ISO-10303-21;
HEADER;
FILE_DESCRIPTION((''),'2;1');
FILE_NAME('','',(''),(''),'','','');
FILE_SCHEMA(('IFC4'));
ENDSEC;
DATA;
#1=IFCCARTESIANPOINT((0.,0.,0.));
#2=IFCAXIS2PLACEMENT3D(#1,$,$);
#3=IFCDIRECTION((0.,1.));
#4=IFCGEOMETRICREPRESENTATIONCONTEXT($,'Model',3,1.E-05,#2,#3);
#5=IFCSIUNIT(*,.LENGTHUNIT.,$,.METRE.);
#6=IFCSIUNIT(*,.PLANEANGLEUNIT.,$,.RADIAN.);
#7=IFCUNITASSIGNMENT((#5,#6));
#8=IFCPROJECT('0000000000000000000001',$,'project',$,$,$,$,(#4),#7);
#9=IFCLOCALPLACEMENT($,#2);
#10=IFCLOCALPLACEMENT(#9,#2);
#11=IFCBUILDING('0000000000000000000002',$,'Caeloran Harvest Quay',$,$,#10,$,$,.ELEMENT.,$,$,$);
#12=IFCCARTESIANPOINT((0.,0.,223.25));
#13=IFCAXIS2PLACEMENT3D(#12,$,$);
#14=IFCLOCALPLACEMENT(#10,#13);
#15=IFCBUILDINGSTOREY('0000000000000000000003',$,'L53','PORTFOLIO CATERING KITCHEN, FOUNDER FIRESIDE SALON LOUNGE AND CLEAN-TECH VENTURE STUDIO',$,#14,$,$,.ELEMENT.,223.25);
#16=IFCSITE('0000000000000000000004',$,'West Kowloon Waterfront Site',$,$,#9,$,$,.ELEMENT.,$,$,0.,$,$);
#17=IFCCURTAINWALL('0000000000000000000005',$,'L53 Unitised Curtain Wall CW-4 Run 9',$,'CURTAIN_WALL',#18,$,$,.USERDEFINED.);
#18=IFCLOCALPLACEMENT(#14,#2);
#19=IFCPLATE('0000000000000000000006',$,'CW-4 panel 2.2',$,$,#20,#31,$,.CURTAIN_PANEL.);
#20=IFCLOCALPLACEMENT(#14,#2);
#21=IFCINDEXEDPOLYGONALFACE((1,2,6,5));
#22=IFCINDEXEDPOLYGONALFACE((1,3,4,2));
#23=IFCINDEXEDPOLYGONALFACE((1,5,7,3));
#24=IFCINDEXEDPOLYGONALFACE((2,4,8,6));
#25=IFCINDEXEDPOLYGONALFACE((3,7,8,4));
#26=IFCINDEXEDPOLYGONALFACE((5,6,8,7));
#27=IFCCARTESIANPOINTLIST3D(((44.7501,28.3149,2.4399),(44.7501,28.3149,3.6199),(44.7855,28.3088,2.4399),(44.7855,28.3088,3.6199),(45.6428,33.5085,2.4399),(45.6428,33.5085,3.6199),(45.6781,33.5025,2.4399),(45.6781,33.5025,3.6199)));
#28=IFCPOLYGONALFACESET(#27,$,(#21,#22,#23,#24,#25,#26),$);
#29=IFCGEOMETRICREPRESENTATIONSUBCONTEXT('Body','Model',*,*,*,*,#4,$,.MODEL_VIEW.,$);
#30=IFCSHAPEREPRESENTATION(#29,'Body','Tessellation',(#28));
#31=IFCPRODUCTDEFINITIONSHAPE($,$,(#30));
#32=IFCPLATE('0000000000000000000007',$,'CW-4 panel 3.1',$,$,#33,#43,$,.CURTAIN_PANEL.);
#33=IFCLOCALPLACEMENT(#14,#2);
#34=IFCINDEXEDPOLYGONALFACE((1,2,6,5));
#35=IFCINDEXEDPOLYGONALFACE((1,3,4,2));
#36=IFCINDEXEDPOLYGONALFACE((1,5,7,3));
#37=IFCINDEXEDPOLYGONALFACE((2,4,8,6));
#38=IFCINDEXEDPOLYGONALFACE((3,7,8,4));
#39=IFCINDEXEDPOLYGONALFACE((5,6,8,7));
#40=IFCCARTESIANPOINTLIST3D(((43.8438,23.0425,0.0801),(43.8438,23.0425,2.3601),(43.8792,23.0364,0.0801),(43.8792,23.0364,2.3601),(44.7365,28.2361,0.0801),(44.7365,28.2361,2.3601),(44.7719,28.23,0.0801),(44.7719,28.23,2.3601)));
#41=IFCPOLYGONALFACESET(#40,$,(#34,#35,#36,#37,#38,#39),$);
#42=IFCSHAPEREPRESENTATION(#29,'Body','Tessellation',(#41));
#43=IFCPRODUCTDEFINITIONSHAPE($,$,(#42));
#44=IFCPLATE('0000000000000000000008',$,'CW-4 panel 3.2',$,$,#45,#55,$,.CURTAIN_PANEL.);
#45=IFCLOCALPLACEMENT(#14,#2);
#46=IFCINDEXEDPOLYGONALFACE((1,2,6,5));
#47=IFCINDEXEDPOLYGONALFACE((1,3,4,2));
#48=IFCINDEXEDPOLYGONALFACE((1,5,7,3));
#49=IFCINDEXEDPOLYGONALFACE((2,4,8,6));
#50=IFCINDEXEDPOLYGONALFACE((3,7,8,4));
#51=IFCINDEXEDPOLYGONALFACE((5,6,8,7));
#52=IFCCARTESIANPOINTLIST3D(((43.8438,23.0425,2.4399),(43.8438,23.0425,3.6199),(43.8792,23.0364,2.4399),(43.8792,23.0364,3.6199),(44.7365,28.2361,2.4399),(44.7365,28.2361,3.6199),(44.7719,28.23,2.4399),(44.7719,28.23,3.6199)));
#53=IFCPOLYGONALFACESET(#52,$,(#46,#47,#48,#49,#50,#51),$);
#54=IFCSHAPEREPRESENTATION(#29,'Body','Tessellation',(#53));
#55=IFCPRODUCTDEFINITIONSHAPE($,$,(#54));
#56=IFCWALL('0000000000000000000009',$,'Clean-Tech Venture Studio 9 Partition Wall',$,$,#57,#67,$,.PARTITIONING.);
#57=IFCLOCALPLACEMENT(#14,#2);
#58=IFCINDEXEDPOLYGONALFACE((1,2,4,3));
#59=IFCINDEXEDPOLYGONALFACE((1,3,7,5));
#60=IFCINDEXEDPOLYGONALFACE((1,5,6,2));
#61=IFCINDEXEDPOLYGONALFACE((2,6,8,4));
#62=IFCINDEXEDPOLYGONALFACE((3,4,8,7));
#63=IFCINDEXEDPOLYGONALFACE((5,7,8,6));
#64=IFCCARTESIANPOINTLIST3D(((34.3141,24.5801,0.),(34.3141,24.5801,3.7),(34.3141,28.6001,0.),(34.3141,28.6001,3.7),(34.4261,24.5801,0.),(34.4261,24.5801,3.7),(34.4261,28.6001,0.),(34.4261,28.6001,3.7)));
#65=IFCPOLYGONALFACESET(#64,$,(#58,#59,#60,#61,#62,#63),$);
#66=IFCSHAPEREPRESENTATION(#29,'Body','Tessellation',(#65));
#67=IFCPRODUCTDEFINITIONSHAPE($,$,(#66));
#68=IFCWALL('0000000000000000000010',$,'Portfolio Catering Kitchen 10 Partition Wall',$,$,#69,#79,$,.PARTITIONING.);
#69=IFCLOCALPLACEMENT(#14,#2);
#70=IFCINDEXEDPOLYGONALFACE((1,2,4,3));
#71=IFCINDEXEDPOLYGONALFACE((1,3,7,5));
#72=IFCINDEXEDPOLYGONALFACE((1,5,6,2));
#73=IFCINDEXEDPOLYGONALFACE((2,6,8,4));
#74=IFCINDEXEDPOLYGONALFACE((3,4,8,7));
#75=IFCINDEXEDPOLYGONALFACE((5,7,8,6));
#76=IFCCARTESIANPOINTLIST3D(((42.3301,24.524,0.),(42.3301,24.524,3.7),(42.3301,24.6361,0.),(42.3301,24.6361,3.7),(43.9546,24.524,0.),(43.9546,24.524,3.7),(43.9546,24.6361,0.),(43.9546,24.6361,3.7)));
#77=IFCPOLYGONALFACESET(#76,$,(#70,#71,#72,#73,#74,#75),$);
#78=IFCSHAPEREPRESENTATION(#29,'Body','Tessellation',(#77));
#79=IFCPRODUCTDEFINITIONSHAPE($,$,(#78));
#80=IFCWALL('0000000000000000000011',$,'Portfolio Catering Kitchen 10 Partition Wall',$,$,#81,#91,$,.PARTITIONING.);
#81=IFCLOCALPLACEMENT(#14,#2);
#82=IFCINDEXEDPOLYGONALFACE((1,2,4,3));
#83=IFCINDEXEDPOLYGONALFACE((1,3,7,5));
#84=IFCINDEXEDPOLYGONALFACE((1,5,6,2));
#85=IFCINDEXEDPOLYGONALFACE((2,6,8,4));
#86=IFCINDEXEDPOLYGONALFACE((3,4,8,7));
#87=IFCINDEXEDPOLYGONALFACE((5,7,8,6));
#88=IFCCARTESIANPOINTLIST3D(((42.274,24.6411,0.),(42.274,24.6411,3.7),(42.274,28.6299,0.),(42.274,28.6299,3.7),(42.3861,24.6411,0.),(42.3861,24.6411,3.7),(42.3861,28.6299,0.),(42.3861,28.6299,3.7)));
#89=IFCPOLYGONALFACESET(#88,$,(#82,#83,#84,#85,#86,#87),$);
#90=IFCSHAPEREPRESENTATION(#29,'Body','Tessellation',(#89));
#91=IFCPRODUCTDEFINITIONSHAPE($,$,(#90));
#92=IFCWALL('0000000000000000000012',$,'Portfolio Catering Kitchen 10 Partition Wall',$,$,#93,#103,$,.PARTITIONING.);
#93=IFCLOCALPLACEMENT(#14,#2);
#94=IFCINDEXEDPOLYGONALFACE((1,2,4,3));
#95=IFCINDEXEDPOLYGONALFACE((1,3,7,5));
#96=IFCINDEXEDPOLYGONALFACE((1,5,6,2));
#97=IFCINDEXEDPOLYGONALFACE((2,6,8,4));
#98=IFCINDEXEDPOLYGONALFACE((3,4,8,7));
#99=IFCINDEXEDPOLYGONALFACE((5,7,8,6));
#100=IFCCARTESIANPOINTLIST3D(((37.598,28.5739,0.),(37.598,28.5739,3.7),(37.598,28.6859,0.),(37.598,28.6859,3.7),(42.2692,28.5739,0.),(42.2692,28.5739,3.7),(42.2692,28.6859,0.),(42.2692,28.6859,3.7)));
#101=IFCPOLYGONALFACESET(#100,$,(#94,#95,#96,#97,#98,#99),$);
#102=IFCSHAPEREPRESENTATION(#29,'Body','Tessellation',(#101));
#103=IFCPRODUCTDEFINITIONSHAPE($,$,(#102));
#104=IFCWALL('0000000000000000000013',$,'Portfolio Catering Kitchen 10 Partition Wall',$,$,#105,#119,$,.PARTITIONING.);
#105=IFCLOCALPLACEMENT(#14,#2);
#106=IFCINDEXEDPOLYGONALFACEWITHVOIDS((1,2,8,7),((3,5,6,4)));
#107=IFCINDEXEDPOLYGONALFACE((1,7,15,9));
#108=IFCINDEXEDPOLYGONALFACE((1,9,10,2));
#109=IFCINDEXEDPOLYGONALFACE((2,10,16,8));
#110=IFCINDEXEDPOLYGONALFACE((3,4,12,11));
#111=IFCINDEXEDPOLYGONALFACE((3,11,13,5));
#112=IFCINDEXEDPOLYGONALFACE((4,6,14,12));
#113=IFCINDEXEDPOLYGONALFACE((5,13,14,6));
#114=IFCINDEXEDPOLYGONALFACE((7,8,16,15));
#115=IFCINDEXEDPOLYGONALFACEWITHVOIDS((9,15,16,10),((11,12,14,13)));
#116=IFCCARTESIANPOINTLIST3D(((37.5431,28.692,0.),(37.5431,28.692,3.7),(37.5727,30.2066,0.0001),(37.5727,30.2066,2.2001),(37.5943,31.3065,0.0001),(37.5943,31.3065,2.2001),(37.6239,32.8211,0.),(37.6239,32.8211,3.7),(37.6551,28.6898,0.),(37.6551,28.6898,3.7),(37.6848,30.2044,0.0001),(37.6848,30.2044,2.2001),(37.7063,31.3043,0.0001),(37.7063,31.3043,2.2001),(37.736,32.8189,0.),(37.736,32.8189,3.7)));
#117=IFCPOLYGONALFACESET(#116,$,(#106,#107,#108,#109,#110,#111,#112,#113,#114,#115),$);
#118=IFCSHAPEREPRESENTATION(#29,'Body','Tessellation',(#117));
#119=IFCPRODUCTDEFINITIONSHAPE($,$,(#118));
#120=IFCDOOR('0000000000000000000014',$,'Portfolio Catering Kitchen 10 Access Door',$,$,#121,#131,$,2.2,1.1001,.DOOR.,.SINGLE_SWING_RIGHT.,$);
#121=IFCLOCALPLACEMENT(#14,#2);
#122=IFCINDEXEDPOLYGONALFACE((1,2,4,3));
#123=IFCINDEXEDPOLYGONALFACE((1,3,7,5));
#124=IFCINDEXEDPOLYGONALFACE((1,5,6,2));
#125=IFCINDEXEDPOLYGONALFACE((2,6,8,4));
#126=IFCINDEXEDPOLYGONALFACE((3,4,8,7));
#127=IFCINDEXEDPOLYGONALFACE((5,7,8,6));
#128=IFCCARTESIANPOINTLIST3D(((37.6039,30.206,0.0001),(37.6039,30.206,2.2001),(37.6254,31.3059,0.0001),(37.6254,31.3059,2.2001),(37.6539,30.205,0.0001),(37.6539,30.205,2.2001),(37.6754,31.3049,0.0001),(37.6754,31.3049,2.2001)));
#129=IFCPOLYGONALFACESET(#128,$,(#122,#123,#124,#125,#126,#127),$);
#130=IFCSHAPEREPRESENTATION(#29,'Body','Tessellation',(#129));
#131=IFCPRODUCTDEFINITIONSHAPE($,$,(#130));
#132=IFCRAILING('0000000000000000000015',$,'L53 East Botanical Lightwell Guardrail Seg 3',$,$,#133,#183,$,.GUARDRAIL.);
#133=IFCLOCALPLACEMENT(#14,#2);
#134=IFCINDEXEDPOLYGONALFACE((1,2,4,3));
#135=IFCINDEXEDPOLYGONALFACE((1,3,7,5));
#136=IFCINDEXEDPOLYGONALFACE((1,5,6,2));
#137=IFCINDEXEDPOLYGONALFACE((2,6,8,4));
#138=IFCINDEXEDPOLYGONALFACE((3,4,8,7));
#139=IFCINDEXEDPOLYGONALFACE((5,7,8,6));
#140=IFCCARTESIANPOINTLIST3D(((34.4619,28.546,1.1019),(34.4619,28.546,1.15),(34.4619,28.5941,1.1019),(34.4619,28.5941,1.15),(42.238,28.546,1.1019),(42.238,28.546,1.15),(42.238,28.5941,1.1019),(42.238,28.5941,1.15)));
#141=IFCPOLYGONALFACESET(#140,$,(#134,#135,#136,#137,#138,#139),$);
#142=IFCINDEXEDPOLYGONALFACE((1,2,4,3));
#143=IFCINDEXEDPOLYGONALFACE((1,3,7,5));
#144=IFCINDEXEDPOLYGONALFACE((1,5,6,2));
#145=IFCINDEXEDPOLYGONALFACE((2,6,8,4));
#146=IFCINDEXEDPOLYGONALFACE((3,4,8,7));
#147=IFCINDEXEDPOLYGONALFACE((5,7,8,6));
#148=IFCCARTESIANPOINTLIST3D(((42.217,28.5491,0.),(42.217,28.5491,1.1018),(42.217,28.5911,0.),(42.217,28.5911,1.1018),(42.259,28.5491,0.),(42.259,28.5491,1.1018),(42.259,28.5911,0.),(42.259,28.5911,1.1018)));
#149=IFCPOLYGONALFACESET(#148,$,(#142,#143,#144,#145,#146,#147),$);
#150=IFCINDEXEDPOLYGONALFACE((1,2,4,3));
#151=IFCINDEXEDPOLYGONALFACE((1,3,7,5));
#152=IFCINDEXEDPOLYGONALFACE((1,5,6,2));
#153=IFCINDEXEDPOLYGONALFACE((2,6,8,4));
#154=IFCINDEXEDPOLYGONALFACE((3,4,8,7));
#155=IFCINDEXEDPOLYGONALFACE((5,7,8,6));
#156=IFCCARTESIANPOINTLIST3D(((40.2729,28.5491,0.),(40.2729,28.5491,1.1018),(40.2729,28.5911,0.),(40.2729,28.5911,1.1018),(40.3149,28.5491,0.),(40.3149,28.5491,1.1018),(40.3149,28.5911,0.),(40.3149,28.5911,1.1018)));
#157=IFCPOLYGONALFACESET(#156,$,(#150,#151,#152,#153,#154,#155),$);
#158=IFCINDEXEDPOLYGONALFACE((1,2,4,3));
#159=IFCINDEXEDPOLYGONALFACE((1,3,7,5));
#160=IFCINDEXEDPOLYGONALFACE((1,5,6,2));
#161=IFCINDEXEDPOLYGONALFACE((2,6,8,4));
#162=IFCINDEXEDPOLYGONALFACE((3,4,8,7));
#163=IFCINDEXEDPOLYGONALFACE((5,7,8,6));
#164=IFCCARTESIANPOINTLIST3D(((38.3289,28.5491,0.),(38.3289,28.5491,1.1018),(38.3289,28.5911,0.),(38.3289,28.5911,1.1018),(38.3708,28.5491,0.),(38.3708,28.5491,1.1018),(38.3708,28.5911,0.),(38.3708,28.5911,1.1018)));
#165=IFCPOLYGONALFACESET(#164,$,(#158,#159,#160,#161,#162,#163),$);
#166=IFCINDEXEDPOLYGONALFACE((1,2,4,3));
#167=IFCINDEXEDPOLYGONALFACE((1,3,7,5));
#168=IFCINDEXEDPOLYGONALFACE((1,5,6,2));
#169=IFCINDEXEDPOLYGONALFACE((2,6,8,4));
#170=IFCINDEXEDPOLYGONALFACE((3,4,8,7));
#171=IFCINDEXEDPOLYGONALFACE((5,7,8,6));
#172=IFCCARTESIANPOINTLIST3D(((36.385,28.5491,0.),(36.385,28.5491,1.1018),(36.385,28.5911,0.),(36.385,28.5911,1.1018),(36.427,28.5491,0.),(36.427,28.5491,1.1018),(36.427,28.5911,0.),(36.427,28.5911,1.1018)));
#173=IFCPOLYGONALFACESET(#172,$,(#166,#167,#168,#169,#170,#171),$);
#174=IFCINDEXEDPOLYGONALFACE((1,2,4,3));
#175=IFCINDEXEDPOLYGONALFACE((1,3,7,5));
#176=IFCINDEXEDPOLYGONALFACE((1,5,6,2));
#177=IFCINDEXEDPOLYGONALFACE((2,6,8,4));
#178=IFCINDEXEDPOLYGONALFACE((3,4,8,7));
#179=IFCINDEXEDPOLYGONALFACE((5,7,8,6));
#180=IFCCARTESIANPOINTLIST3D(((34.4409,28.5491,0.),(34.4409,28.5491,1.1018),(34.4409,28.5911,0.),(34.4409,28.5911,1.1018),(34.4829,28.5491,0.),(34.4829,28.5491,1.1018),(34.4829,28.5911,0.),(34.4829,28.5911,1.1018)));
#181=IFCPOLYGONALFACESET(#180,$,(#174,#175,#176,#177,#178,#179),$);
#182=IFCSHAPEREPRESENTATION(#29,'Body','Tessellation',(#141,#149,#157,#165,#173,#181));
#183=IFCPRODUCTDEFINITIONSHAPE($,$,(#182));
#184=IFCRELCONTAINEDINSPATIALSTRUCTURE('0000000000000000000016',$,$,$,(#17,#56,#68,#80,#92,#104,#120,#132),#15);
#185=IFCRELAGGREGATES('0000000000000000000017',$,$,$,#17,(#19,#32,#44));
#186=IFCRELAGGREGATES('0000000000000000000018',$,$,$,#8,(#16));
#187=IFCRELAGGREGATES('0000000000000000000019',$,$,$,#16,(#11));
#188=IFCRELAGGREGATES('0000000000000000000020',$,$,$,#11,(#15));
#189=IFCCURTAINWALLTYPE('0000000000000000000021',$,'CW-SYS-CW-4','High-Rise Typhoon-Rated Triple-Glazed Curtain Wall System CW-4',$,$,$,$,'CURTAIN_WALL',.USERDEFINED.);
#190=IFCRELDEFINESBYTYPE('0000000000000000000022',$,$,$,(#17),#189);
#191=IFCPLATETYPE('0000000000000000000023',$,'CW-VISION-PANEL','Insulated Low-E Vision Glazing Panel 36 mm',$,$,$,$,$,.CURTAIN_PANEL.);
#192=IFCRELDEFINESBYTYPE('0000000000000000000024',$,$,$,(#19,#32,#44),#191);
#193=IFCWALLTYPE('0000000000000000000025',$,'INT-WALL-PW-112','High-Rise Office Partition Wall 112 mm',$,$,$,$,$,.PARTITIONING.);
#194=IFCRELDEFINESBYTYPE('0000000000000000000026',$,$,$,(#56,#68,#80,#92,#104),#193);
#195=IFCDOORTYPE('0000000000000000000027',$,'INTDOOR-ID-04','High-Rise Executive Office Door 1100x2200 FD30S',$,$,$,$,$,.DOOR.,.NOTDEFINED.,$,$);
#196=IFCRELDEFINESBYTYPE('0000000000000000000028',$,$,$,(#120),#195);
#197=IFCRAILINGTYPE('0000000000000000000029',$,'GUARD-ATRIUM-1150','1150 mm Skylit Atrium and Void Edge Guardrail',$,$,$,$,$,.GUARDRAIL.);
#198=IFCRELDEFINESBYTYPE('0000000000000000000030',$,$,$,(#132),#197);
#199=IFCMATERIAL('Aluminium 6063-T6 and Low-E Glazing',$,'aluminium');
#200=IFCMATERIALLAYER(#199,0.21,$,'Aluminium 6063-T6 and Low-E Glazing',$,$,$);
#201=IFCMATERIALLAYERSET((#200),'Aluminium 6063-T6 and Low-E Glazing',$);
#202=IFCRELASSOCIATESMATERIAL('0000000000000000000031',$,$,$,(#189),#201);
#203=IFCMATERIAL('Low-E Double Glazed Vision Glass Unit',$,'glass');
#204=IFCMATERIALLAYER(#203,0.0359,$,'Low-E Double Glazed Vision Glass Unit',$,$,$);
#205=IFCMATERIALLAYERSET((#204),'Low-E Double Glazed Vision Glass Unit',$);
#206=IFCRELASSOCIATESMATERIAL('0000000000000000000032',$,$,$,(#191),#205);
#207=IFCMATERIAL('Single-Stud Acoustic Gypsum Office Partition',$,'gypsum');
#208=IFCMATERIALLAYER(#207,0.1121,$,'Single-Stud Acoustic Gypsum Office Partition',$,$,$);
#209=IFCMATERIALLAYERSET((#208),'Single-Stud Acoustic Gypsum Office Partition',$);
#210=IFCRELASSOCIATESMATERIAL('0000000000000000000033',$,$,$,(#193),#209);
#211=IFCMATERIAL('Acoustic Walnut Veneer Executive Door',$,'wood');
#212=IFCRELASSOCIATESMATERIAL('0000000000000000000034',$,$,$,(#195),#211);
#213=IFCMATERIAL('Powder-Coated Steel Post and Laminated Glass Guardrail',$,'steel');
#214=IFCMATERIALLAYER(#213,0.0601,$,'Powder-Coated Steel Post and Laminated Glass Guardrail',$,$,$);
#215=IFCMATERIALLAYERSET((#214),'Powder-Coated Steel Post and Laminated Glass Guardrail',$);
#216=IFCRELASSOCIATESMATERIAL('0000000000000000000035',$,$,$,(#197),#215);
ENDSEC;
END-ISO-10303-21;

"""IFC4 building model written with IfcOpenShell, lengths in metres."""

from ifc_helpers import new_model, si_unit, direction, frame, frame_2d, origin, origin_2d, place, context, subcontext, project, spatial, rectangle, extrude, material, layer, layer_set, type_object, element, fill, aggregate, save


model = new_model("IFC4")

# Units and contexts
model_context = context("Model", 3, precision=1e-05, world=origin(), true_north=direction((0.0, 1.0)))
body_context = subcontext(model_context, "Body", "Model", "MODEL_VIEW")
ifc_project = project(units=[si_unit("LENGTHUNIT", "METRE"), si_unit("PLANEANGLEUNIT", "RADIAN")], contexts=[model_context])

# Site, building, storey
site_placement = place(None, origin())
site = spatial("IfcSite", under=ifc_project, at=site_placement, Name="West Kowloon Waterfront Site", CompositionType="ELEMENT", RefElevation=0.0)
building_placement = place(site_placement, origin())
building = spatial("IfcBuilding", under=site, at=building_placement, Name="Caeloran Harvest Quay", CompositionType="ELEMENT")
storey_placement = place(building_placement, frame((0.0, 0.0, 223.25)))
storey = spatial("IfcBuildingStorey", under=building, at=storey_placement, Name="L53", Description="PORTFOLIO CATERING KITCHEN, FOUNDER FIRESIDE SALON LOUNGE AND CLEAN-TECH VENTURE STUDIO", CompositionType="ELEMENT", Elevation=223.25)

# Curtain wall, plates
ifc_material_1 = material(Name="Aluminium 6063-T6 and Low-E Glazing", Category="aluminium")
ifc_layer_1 = layer(ifc_material_1, 0.21, Name="Aluminium 6063-T6 and Low-E Glazing")
ifc_layer_set_1 = layer_set([ifc_layer_1], Name="Aluminium 6063-T6 and Low-E Glazing")
curtain_wall_type = type_object("IfcCurtainWallType", Name="CW-SYS-CW-4", Description="High-Rise Typhoon-Rated Triple-Glazed Curtain Wall System CW-4", ElementType="CURTAIN_WALL", PredefinedType="USERDEFINED", material=ifc_layer_set_1)
curtain_wall_placement = place(storey_placement, origin())
curtain_wall = element("IfcCurtainWall", 1, at=curtain_wall_placement, inside=storey, type_object=curtain_wall_type, Name="L53 Unitised Curtain Wall CW-4 Run 9", ObjectType="CURTAIN_WALL", PredefinedType="USERDEFINED")
ifc_material_2 = material(Name="Low-E Double Glazed Vision Glass Unit", Category="glass")
ifc_layer_2 = layer(ifc_material_2, 0.0359, Name="Low-E Double Glazed Vision Glass Unit")
ifc_layer_set_2 = layer_set([ifc_layer_2], Name="Low-E Double Glazed Vision Glass Unit")
plate_type = type_object("IfcPlateType", Name="CW-VISION-PANEL", Description="Insulated Low-E Vision Glazing Panel 36 mm", PredefinedType="CURTAIN_PANEL", material=ifc_layer_set_2)
plate_1_placement = place(storey_placement, frame((45.2141, 30.9087, 2.4399), z_axis=(0.0, 0.0, 1.0), x_axis=(-0.169391, -0.985549, 0.0)))
plate_1 = element("IfcPlate", 2, at=plate_1_placement, type_object=plate_type, Name="CW-4 panel 2.2", PredefinedType="CURTAIN_PANEL", context=body_context, shape_type="SweptSolid", body=[
    extrude(rectangle(XDim=5.2698, YDim=0.0359, at=origin_2d()), origin(), (0.0, 0.0, 1.0), 1.1799),
])
plate_2_placement = place(storey_placement, frame((44.3079, 25.6362, 0.0801), z_axis=(0.0, 0.0, 1.0), x_axis=(-0.169391, -0.985549, 0.0)))
plate_2 = element("IfcPlate", 3, at=plate_2_placement, type_object=plate_type, Name="CW-4 panel 3.1", PredefinedType="CURTAIN_PANEL", context=body_context, shape_type="SweptSolid", body=[
    extrude(rectangle(XDim=5.2698, YDim=0.0359, at=origin_2d()), origin(), (0.0, 0.0, 1.0), 2.28),
])
plate_3_placement = place(storey_placement, frame((44.3079, 25.6362, 2.4399), z_axis=(0.0, 0.0, 1.0), x_axis=(-0.169391, -0.985549, 0.0)))
plate_3 = element("IfcPlate", 4, at=plate_3_placement, type_object=plate_type, Name="CW-4 panel 3.2", PredefinedType="CURTAIN_PANEL", context=body_context, shape_type="SweptSolid", body=[
    extrude(rectangle(XDim=5.2698, YDim=0.0359, at=origin_2d()), origin(), (0.0, 0.0, 1.0), 1.1799),
])
aggregate(curtain_wall, [plate_1, plate_2, plate_3])

# Walls
ifc_material_3 = material(Name="Single-Stud Acoustic Gypsum Office Partition", Category="gypsum")
ifc_layer_3 = layer(ifc_material_3, 0.1121, Name="Single-Stud Acoustic Gypsum Office Partition")
ifc_layer_set_3 = layer_set([ifc_layer_3], Name="Single-Stud Acoustic Gypsum Office Partition")
wall_type = type_object("IfcWallType", Name="INT-WALL-PW-112", Description="High-Rise Office Partition Wall 112 mm", PredefinedType="PARTITIONING", material=ifc_layer_set_3)
wall_1_placement = place(storey_placement, frame((34.3701, 28.6001, 0.0), z_axis=(0.0, 0.0, 1.0), x_axis=(0.0, -1.0, 0.0)))
element("IfcWall", 5, at=wall_1_placement, inside=storey, type_object=wall_type, Name="Clean-Tech Venture Studio 9 Partition Wall", PredefinedType="PARTITIONING", context=body_context, shape_type="SweptSolid", body=[
    extrude(rectangle(XDim=4.02, YDim=0.1121, at=frame_2d((2.01, 0.0))), origin(), (0.0, 0.0, 1.0), 3.7),
])
wall_2_placement = place(storey_placement, frame((43.9546, 24.5801, 0.0), z_axis=(0.0, 0.0, 1.0), x_axis=(-1.0, 0.0, 0.0)))
element("IfcWall", 6, at=wall_2_placement, inside=storey, type_object=wall_type, Name="Portfolio Catering Kitchen 10 Partition Wall", PredefinedType="PARTITIONING", context=body_context, shape_type="SweptSolid", body=[
    extrude(rectangle(XDim=1.6245, YDim=0.1121, at=frame_2d((0.8123, 0.0))), origin(), (0.0, 0.0, 1.0), 3.7),
])
wall_3_placement = place(storey_placement, frame((42.3301, 24.6411, 0.0), z_axis=(0.0, 0.0, 1.0), x_axis=(0.0, 1.0, 0.0)))
element("IfcWall", 7, at=wall_3_placement, inside=storey, type_object=wall_type, Name="Portfolio Catering Kitchen 10 Partition Wall", PredefinedType="PARTITIONING", context=body_context, shape_type="SweptSolid", body=[
    extrude(rectangle(XDim=3.9888, YDim=0.1121, at=frame_2d((1.9944, 0.0))), origin(), (0.0, 0.0, 1.0), 3.7),
])
wall_4_placement = place(storey_placement, frame((42.269, 28.6299, 0.0), z_axis=(0.0, 0.0, 1.0), x_axis=(-1.0, 0.0, 0.0)))
element("IfcWall", 8, at=wall_4_placement, inside=storey, type_object=wall_type, Name="Portfolio Catering Kitchen 10 Partition Wall", PredefinedType="PARTITIONING", context=body_context, shape_type="SweptSolid", body=[
    extrude(rectangle(XDim=4.6711, YDim=0.1121, at=frame_2d((2.3354, 0.0))), origin(), (0.0, 0.0, 1.0), 3.7),
])

# Wall, opening, door
wall_5_placement = place(storey_placement, frame((37.5991, 28.6909, 0.0), z_axis=(0.0, 0.0, 1.0), x_axis=(0.019567, 0.999809, 0.0)))
wall_5 = element("IfcWall", 9, at=wall_5_placement, inside=storey, type_object=wall_type, Name="Portfolio Catering Kitchen 10 Partition Wall", PredefinedType="PARTITIONING", context=body_context, shape_type="SweptSolid", body=[
    extrude(rectangle(XDim=4.1299, YDim=0.1121, at=frame_2d((2.0649, 0.0))), origin(), (0.0, 0.0, 1.0), 3.7),
])
opening_placement = place(wall_5_placement, frame((1.5149, 0.0, 0.0)))
opening = element("IfcOpeningElement", 10, at=opening_placement, cuts=wall_5, PredefinedType="OPENING", context=body_context, shape_type="SweptSolid", body=[
    extrude(rectangle(XDim=1.1001, YDim=2.2, at=frame_2d((0.55, 1.1001))), frame((0.0, 0.0659, 0.0), z_axis=(0.0, -1.0, 0.0), x_axis=(1.0, 0.0, 0.0)), (0.0, 0.0, 1.0), 0.1321),
])
ifc_material_4 = material(Name="Acoustic Walnut Veneer Executive Door", Category="wood")
door_type = type_object("IfcDoorType", Name="INTDOOR-ID-04", Description="High-Rise Executive Office Door 1100x2200 FD30S", OperationType="NOTDEFINED", PredefinedType="DOOR", material=ifc_material_4)
door_placement = place(opening_placement, origin())
door = element("IfcDoor", 11, at=door_placement, inside=storey, type_object=door_type, Name="Portfolio Catering Kitchen 10 Access Door", OperationType="SINGLE_SWING_RIGHT", OverallHeight=2.2, OverallWidth=1.1001, PredefinedType="DOOR", context=body_context, shape_type="SweptSolid", body=[
    extrude(rectangle(XDim=1.1001, YDim=2.2, at=frame_2d((0.55, 1.1001))), frame((0.0, 0.0249, 0.0), z_axis=(0.0, -1.0, 0.0), x_axis=(1.0, 0.0, 0.0)), (0.0, 0.0, 1.0), 0.05),
])
fill(opening, door)

# Railing
ifc_material_5 = material(Name="Powder-Coated Steel Post and Laminated Glass Guardrail", Category="steel")
ifc_layer_4 = layer(ifc_material_5, 0.0601, Name="Powder-Coated Steel Post and Laminated Glass Guardrail")
ifc_layer_set_4 = layer_set([ifc_layer_4], Name="Powder-Coated Steel Post and Laminated Glass Guardrail")
railing_type = type_object("IfcRailingType", Name="GUARD-ATRIUM-1150", Description="1150 mm Skylit Atrium and Void Edge Guardrail", PredefinedType="GUARDRAIL", material=ifc_layer_set_4)
railing_1_placement = place(storey_placement, frame((42.238, 28.5701, 0.0)))
element("IfcRailing", 12, at=railing_1_placement, inside=storey, type_object=railing_type, Name="L53 East Botanical Lightwell Guardrail Seg 3", PredefinedType="GUARDRAIL", context=body_context, shape_type="SweptSolid", body=[
    extrude(rectangle(XDim=0.0481, YDim=0.0481, at=origin_2d()), frame((0.0, 0.0, 1.126), z_axis=(-1.0, 0.0, 0.0), x_axis=(0.0, -1.0, 0.0)), (0.0, 0.0, 1.0), 7.7761),
    extrude(rectangle(XDim=0.042, YDim=0.042, at=origin_2d()), origin(), (0.0, 0.0, 1.0), 1.1018),
    extrude(rectangle(XDim=0.042, YDim=0.042, at=origin_2d()), frame((-1.9441, 0.0, 0.0)), (0.0, 0.0, 1.0), 1.1018),
    extrude(rectangle(XDim=0.042, YDim=0.042, at=origin_2d()), frame((-3.8882, 0.0, 0.0)), (0.0, 0.0, 1.0), 1.1018),
    extrude(rectangle(XDim=0.042, YDim=0.042, at=origin_2d()), frame((-5.832, 0.0, 0.0)), (0.0, 0.0, 1.0), 1.1018),
    extrude(rectangle(XDim=0.042, YDim=0.042, at=origin_2d()), frame((-7.7761, 0.0, 0.0)), (0.0, 0.0, 1.0), 1.1018),
])

save(model, "model.ifc")
